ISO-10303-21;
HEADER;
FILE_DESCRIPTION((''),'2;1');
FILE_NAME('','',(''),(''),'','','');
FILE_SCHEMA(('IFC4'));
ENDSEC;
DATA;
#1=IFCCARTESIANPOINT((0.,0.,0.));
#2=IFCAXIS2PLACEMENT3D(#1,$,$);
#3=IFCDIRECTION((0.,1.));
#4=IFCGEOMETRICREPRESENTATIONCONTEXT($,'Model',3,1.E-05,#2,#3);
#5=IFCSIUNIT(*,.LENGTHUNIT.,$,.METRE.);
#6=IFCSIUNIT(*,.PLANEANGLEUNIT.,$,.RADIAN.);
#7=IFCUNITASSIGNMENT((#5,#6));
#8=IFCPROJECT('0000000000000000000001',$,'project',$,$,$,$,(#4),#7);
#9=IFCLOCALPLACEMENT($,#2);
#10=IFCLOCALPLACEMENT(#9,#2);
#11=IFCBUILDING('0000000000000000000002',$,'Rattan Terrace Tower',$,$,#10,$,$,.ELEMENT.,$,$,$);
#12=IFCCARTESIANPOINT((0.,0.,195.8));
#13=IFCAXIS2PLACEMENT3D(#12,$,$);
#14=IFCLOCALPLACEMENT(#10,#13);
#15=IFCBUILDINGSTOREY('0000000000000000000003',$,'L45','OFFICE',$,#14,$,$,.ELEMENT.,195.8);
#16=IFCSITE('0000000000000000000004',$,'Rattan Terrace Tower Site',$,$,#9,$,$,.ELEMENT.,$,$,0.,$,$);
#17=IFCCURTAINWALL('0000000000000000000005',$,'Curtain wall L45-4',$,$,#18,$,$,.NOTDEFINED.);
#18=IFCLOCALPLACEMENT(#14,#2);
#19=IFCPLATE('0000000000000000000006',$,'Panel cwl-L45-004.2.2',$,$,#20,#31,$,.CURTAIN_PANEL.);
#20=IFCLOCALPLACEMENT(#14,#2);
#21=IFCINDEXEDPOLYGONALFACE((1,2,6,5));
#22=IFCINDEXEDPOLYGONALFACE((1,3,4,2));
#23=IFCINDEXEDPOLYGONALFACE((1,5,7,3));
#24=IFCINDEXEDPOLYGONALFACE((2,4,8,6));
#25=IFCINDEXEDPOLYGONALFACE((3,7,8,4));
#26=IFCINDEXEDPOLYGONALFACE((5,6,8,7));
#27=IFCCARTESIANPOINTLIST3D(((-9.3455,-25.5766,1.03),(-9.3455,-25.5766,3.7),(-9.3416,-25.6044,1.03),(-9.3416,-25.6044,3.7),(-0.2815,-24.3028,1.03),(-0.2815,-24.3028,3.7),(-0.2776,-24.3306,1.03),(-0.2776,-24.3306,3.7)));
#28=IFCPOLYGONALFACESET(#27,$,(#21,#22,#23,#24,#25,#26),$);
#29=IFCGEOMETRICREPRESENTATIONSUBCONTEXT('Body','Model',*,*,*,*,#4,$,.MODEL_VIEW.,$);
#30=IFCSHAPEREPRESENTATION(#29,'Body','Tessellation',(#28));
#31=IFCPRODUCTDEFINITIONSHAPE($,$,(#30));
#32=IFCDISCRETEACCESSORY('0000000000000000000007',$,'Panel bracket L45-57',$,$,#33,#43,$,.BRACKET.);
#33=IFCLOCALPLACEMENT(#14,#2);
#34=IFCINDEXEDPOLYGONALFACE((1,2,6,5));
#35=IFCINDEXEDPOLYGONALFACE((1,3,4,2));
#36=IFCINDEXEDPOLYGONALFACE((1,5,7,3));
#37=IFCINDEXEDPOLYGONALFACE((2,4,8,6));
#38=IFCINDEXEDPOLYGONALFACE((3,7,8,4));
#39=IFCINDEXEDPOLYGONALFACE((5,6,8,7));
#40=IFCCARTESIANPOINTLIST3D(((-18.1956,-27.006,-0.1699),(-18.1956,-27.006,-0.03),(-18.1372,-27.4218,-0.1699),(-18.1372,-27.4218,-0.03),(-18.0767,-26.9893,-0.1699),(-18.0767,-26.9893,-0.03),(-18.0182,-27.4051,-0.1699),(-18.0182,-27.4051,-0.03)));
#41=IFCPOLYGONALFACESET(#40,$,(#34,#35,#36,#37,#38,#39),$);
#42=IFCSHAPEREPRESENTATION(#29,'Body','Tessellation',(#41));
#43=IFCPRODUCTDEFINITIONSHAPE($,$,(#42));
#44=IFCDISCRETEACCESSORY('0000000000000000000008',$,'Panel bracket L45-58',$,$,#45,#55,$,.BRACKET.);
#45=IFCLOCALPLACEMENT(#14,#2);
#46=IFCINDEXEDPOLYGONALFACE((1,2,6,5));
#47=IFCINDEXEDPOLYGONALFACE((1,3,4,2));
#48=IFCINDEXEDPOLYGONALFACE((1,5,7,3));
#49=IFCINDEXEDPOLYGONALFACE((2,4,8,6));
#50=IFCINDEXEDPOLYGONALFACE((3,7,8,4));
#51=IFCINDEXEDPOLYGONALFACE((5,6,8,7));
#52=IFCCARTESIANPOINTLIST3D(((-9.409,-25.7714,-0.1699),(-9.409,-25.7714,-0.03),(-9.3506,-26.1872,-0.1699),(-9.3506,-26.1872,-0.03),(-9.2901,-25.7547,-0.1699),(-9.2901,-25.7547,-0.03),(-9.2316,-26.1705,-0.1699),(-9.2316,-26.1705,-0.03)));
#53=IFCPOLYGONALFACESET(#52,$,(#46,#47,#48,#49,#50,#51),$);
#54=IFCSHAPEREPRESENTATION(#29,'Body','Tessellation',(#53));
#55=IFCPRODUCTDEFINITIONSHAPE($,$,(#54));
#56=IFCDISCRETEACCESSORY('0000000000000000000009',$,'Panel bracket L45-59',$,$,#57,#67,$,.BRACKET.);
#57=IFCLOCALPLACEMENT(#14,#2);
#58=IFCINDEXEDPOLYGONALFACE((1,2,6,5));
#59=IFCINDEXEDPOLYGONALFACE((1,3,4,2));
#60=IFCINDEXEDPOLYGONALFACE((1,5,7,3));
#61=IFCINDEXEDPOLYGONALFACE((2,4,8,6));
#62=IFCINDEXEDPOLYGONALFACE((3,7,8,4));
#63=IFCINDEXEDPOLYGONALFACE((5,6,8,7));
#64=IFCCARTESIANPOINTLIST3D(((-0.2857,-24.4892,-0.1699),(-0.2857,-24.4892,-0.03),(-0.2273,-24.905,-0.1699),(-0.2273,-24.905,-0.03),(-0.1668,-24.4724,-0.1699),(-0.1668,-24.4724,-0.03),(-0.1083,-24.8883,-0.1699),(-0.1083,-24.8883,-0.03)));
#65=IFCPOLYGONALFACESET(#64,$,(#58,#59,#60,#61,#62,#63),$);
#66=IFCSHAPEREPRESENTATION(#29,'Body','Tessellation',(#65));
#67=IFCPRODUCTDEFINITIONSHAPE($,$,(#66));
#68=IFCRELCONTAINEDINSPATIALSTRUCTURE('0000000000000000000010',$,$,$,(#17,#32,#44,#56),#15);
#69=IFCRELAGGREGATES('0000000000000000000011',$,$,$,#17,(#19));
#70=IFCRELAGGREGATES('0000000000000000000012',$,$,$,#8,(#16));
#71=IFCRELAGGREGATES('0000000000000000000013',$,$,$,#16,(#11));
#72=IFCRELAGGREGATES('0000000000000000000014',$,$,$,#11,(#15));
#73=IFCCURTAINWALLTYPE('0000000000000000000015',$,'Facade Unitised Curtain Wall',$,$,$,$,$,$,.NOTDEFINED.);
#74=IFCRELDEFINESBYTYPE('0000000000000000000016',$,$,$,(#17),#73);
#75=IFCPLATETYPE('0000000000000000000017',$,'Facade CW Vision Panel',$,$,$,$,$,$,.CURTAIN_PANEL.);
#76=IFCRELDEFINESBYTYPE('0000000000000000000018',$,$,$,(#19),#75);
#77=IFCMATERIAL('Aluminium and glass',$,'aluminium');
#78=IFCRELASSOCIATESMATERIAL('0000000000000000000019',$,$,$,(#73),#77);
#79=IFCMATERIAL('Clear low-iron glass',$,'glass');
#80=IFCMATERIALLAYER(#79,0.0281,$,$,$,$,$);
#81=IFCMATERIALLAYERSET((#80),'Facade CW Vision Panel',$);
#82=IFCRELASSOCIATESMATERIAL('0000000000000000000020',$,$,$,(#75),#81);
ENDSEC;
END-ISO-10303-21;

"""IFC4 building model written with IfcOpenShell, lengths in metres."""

from ifc_helpers import new_model, si_unit, direction, frame, origin, origin_2d, place, context, subcontext, project, spatial, rectangle, extrude, material, layer, layer_set, type_object, element, aggregate, save


model = new_model("IFC4")

# Units and contexts
model_context = context("Model", 3, precision=1e-05, world=origin(), true_north=direction((0.0, 1.0)))
body_context = subcontext(model_context, "Body", "Model", "MODEL_VIEW")
ifc_project = project(units=[si_unit("LENGTHUNIT", "METRE"), si_unit("PLANEANGLEUNIT", "RADIAN")], contexts=[model_context])

# Site, building, storey
site_placement = place(None, origin())
site = spatial("IfcSite", under=ifc_project, at=site_placement, Name="Rattan Terrace Tower Site", CompositionType="ELEMENT", RefElevation=0.0)
building_placement = place(site_placement, origin())
building = spatial("IfcBuilding", under=site, at=building_placement, Name="Rattan Terrace Tower", CompositionType="ELEMENT")
storey_placement = place(building_placement, frame((0.0, 0.0, 195.8)))
storey = spatial("IfcBuildingStorey", under=building, at=storey_placement, Name="L45", Description="OFFICE", CompositionType="ELEMENT", Elevation=195.8)

# Curtain wall
ifc_material_1 = material(Name="Aluminium and glass", Category="aluminium")
curtain_wall_type = type_object("IfcCurtainWallType", Name="Facade Unitised Curtain Wall", PredefinedType="NOTDEFINED", material=ifc_material_1)
curtain_wall_placement = place(storey_placement, origin())
curtain_wall = element("IfcCurtainWall", 1, at=curtain_wall_placement, inside=storey, type_object=curtain_wall_type, Name="Curtain wall L45-4", PredefinedType="NOTDEFINED")

# Plate
ifc_material_2 = material(Name="Clear low-iron glass", Category="glass")
ifc_layer_1 = layer(ifc_material_2, 0.0281)
ifc_layer_set_1 = layer_set([ifc_layer_1], Name="Facade CW Vision Panel")
plate_type_1 = type_object("IfcPlateType", Name="Facade CW Vision Panel", PredefinedType="CURTAIN_PANEL", material=ifc_layer_set_1)
plate_1_placement = place(storey_placement, frame((-4.8115, -24.9536, 1.03), z_axis=(0.0, 0.0, 1.0), x_axis=(0.99027, 0.139161, 0.0)))
plate_1 = element("IfcPlate", 2, at=plate_1_placement, type_object=plate_type_1, Name="Panel cwl-L45-004.2.2", PredefinedType="CURTAIN_PANEL", context=body_context, shape_type="SweptSolid", body=[
    extrude(rectangle(XDim=9.1531, YDim=0.0281, at=origin_2d()), origin(), (0.0, 0.0, 1.0), 2.6699),
])
aggregate(curtain_wall, [plate_1])

# Discrete accessories
for number, where, z_axis, x_axis, name in (
    (3, (-18.1069, -27.2056, -0.1699), (0.0, 0.0, 1.0), (0.99027, 0.139161, 0.0), "Panel bracket L45-57"),
    (4, (-9.3203, -25.9709, -0.1699), (0.0, 0.0, 1.0), (0.99027, 0.139161, 0.0), "Panel bracket L45-58"),
    (5, (-0.197, -24.6887, -0.1699), (0.0, 0.0, 1.0), (0.99027, 0.139161, 0.0), "Panel bracket L45-59"),
):
    element("IfcDiscreteAccessory", number, at=place(storey_placement, frame(where, z_axis=z_axis, x_axis=x_axis)), inside=storey, Name=name, PredefinedType="BRACKET", context=body_context, shape_type="SweptSolid", body=[
        extrude(rectangle(XDim=0.1201, YDim=0.4199, at=origin_2d()), origin(), (0.0, 0.0, 1.0), 0.1399),
    ])

save(model, "model.ifc")
